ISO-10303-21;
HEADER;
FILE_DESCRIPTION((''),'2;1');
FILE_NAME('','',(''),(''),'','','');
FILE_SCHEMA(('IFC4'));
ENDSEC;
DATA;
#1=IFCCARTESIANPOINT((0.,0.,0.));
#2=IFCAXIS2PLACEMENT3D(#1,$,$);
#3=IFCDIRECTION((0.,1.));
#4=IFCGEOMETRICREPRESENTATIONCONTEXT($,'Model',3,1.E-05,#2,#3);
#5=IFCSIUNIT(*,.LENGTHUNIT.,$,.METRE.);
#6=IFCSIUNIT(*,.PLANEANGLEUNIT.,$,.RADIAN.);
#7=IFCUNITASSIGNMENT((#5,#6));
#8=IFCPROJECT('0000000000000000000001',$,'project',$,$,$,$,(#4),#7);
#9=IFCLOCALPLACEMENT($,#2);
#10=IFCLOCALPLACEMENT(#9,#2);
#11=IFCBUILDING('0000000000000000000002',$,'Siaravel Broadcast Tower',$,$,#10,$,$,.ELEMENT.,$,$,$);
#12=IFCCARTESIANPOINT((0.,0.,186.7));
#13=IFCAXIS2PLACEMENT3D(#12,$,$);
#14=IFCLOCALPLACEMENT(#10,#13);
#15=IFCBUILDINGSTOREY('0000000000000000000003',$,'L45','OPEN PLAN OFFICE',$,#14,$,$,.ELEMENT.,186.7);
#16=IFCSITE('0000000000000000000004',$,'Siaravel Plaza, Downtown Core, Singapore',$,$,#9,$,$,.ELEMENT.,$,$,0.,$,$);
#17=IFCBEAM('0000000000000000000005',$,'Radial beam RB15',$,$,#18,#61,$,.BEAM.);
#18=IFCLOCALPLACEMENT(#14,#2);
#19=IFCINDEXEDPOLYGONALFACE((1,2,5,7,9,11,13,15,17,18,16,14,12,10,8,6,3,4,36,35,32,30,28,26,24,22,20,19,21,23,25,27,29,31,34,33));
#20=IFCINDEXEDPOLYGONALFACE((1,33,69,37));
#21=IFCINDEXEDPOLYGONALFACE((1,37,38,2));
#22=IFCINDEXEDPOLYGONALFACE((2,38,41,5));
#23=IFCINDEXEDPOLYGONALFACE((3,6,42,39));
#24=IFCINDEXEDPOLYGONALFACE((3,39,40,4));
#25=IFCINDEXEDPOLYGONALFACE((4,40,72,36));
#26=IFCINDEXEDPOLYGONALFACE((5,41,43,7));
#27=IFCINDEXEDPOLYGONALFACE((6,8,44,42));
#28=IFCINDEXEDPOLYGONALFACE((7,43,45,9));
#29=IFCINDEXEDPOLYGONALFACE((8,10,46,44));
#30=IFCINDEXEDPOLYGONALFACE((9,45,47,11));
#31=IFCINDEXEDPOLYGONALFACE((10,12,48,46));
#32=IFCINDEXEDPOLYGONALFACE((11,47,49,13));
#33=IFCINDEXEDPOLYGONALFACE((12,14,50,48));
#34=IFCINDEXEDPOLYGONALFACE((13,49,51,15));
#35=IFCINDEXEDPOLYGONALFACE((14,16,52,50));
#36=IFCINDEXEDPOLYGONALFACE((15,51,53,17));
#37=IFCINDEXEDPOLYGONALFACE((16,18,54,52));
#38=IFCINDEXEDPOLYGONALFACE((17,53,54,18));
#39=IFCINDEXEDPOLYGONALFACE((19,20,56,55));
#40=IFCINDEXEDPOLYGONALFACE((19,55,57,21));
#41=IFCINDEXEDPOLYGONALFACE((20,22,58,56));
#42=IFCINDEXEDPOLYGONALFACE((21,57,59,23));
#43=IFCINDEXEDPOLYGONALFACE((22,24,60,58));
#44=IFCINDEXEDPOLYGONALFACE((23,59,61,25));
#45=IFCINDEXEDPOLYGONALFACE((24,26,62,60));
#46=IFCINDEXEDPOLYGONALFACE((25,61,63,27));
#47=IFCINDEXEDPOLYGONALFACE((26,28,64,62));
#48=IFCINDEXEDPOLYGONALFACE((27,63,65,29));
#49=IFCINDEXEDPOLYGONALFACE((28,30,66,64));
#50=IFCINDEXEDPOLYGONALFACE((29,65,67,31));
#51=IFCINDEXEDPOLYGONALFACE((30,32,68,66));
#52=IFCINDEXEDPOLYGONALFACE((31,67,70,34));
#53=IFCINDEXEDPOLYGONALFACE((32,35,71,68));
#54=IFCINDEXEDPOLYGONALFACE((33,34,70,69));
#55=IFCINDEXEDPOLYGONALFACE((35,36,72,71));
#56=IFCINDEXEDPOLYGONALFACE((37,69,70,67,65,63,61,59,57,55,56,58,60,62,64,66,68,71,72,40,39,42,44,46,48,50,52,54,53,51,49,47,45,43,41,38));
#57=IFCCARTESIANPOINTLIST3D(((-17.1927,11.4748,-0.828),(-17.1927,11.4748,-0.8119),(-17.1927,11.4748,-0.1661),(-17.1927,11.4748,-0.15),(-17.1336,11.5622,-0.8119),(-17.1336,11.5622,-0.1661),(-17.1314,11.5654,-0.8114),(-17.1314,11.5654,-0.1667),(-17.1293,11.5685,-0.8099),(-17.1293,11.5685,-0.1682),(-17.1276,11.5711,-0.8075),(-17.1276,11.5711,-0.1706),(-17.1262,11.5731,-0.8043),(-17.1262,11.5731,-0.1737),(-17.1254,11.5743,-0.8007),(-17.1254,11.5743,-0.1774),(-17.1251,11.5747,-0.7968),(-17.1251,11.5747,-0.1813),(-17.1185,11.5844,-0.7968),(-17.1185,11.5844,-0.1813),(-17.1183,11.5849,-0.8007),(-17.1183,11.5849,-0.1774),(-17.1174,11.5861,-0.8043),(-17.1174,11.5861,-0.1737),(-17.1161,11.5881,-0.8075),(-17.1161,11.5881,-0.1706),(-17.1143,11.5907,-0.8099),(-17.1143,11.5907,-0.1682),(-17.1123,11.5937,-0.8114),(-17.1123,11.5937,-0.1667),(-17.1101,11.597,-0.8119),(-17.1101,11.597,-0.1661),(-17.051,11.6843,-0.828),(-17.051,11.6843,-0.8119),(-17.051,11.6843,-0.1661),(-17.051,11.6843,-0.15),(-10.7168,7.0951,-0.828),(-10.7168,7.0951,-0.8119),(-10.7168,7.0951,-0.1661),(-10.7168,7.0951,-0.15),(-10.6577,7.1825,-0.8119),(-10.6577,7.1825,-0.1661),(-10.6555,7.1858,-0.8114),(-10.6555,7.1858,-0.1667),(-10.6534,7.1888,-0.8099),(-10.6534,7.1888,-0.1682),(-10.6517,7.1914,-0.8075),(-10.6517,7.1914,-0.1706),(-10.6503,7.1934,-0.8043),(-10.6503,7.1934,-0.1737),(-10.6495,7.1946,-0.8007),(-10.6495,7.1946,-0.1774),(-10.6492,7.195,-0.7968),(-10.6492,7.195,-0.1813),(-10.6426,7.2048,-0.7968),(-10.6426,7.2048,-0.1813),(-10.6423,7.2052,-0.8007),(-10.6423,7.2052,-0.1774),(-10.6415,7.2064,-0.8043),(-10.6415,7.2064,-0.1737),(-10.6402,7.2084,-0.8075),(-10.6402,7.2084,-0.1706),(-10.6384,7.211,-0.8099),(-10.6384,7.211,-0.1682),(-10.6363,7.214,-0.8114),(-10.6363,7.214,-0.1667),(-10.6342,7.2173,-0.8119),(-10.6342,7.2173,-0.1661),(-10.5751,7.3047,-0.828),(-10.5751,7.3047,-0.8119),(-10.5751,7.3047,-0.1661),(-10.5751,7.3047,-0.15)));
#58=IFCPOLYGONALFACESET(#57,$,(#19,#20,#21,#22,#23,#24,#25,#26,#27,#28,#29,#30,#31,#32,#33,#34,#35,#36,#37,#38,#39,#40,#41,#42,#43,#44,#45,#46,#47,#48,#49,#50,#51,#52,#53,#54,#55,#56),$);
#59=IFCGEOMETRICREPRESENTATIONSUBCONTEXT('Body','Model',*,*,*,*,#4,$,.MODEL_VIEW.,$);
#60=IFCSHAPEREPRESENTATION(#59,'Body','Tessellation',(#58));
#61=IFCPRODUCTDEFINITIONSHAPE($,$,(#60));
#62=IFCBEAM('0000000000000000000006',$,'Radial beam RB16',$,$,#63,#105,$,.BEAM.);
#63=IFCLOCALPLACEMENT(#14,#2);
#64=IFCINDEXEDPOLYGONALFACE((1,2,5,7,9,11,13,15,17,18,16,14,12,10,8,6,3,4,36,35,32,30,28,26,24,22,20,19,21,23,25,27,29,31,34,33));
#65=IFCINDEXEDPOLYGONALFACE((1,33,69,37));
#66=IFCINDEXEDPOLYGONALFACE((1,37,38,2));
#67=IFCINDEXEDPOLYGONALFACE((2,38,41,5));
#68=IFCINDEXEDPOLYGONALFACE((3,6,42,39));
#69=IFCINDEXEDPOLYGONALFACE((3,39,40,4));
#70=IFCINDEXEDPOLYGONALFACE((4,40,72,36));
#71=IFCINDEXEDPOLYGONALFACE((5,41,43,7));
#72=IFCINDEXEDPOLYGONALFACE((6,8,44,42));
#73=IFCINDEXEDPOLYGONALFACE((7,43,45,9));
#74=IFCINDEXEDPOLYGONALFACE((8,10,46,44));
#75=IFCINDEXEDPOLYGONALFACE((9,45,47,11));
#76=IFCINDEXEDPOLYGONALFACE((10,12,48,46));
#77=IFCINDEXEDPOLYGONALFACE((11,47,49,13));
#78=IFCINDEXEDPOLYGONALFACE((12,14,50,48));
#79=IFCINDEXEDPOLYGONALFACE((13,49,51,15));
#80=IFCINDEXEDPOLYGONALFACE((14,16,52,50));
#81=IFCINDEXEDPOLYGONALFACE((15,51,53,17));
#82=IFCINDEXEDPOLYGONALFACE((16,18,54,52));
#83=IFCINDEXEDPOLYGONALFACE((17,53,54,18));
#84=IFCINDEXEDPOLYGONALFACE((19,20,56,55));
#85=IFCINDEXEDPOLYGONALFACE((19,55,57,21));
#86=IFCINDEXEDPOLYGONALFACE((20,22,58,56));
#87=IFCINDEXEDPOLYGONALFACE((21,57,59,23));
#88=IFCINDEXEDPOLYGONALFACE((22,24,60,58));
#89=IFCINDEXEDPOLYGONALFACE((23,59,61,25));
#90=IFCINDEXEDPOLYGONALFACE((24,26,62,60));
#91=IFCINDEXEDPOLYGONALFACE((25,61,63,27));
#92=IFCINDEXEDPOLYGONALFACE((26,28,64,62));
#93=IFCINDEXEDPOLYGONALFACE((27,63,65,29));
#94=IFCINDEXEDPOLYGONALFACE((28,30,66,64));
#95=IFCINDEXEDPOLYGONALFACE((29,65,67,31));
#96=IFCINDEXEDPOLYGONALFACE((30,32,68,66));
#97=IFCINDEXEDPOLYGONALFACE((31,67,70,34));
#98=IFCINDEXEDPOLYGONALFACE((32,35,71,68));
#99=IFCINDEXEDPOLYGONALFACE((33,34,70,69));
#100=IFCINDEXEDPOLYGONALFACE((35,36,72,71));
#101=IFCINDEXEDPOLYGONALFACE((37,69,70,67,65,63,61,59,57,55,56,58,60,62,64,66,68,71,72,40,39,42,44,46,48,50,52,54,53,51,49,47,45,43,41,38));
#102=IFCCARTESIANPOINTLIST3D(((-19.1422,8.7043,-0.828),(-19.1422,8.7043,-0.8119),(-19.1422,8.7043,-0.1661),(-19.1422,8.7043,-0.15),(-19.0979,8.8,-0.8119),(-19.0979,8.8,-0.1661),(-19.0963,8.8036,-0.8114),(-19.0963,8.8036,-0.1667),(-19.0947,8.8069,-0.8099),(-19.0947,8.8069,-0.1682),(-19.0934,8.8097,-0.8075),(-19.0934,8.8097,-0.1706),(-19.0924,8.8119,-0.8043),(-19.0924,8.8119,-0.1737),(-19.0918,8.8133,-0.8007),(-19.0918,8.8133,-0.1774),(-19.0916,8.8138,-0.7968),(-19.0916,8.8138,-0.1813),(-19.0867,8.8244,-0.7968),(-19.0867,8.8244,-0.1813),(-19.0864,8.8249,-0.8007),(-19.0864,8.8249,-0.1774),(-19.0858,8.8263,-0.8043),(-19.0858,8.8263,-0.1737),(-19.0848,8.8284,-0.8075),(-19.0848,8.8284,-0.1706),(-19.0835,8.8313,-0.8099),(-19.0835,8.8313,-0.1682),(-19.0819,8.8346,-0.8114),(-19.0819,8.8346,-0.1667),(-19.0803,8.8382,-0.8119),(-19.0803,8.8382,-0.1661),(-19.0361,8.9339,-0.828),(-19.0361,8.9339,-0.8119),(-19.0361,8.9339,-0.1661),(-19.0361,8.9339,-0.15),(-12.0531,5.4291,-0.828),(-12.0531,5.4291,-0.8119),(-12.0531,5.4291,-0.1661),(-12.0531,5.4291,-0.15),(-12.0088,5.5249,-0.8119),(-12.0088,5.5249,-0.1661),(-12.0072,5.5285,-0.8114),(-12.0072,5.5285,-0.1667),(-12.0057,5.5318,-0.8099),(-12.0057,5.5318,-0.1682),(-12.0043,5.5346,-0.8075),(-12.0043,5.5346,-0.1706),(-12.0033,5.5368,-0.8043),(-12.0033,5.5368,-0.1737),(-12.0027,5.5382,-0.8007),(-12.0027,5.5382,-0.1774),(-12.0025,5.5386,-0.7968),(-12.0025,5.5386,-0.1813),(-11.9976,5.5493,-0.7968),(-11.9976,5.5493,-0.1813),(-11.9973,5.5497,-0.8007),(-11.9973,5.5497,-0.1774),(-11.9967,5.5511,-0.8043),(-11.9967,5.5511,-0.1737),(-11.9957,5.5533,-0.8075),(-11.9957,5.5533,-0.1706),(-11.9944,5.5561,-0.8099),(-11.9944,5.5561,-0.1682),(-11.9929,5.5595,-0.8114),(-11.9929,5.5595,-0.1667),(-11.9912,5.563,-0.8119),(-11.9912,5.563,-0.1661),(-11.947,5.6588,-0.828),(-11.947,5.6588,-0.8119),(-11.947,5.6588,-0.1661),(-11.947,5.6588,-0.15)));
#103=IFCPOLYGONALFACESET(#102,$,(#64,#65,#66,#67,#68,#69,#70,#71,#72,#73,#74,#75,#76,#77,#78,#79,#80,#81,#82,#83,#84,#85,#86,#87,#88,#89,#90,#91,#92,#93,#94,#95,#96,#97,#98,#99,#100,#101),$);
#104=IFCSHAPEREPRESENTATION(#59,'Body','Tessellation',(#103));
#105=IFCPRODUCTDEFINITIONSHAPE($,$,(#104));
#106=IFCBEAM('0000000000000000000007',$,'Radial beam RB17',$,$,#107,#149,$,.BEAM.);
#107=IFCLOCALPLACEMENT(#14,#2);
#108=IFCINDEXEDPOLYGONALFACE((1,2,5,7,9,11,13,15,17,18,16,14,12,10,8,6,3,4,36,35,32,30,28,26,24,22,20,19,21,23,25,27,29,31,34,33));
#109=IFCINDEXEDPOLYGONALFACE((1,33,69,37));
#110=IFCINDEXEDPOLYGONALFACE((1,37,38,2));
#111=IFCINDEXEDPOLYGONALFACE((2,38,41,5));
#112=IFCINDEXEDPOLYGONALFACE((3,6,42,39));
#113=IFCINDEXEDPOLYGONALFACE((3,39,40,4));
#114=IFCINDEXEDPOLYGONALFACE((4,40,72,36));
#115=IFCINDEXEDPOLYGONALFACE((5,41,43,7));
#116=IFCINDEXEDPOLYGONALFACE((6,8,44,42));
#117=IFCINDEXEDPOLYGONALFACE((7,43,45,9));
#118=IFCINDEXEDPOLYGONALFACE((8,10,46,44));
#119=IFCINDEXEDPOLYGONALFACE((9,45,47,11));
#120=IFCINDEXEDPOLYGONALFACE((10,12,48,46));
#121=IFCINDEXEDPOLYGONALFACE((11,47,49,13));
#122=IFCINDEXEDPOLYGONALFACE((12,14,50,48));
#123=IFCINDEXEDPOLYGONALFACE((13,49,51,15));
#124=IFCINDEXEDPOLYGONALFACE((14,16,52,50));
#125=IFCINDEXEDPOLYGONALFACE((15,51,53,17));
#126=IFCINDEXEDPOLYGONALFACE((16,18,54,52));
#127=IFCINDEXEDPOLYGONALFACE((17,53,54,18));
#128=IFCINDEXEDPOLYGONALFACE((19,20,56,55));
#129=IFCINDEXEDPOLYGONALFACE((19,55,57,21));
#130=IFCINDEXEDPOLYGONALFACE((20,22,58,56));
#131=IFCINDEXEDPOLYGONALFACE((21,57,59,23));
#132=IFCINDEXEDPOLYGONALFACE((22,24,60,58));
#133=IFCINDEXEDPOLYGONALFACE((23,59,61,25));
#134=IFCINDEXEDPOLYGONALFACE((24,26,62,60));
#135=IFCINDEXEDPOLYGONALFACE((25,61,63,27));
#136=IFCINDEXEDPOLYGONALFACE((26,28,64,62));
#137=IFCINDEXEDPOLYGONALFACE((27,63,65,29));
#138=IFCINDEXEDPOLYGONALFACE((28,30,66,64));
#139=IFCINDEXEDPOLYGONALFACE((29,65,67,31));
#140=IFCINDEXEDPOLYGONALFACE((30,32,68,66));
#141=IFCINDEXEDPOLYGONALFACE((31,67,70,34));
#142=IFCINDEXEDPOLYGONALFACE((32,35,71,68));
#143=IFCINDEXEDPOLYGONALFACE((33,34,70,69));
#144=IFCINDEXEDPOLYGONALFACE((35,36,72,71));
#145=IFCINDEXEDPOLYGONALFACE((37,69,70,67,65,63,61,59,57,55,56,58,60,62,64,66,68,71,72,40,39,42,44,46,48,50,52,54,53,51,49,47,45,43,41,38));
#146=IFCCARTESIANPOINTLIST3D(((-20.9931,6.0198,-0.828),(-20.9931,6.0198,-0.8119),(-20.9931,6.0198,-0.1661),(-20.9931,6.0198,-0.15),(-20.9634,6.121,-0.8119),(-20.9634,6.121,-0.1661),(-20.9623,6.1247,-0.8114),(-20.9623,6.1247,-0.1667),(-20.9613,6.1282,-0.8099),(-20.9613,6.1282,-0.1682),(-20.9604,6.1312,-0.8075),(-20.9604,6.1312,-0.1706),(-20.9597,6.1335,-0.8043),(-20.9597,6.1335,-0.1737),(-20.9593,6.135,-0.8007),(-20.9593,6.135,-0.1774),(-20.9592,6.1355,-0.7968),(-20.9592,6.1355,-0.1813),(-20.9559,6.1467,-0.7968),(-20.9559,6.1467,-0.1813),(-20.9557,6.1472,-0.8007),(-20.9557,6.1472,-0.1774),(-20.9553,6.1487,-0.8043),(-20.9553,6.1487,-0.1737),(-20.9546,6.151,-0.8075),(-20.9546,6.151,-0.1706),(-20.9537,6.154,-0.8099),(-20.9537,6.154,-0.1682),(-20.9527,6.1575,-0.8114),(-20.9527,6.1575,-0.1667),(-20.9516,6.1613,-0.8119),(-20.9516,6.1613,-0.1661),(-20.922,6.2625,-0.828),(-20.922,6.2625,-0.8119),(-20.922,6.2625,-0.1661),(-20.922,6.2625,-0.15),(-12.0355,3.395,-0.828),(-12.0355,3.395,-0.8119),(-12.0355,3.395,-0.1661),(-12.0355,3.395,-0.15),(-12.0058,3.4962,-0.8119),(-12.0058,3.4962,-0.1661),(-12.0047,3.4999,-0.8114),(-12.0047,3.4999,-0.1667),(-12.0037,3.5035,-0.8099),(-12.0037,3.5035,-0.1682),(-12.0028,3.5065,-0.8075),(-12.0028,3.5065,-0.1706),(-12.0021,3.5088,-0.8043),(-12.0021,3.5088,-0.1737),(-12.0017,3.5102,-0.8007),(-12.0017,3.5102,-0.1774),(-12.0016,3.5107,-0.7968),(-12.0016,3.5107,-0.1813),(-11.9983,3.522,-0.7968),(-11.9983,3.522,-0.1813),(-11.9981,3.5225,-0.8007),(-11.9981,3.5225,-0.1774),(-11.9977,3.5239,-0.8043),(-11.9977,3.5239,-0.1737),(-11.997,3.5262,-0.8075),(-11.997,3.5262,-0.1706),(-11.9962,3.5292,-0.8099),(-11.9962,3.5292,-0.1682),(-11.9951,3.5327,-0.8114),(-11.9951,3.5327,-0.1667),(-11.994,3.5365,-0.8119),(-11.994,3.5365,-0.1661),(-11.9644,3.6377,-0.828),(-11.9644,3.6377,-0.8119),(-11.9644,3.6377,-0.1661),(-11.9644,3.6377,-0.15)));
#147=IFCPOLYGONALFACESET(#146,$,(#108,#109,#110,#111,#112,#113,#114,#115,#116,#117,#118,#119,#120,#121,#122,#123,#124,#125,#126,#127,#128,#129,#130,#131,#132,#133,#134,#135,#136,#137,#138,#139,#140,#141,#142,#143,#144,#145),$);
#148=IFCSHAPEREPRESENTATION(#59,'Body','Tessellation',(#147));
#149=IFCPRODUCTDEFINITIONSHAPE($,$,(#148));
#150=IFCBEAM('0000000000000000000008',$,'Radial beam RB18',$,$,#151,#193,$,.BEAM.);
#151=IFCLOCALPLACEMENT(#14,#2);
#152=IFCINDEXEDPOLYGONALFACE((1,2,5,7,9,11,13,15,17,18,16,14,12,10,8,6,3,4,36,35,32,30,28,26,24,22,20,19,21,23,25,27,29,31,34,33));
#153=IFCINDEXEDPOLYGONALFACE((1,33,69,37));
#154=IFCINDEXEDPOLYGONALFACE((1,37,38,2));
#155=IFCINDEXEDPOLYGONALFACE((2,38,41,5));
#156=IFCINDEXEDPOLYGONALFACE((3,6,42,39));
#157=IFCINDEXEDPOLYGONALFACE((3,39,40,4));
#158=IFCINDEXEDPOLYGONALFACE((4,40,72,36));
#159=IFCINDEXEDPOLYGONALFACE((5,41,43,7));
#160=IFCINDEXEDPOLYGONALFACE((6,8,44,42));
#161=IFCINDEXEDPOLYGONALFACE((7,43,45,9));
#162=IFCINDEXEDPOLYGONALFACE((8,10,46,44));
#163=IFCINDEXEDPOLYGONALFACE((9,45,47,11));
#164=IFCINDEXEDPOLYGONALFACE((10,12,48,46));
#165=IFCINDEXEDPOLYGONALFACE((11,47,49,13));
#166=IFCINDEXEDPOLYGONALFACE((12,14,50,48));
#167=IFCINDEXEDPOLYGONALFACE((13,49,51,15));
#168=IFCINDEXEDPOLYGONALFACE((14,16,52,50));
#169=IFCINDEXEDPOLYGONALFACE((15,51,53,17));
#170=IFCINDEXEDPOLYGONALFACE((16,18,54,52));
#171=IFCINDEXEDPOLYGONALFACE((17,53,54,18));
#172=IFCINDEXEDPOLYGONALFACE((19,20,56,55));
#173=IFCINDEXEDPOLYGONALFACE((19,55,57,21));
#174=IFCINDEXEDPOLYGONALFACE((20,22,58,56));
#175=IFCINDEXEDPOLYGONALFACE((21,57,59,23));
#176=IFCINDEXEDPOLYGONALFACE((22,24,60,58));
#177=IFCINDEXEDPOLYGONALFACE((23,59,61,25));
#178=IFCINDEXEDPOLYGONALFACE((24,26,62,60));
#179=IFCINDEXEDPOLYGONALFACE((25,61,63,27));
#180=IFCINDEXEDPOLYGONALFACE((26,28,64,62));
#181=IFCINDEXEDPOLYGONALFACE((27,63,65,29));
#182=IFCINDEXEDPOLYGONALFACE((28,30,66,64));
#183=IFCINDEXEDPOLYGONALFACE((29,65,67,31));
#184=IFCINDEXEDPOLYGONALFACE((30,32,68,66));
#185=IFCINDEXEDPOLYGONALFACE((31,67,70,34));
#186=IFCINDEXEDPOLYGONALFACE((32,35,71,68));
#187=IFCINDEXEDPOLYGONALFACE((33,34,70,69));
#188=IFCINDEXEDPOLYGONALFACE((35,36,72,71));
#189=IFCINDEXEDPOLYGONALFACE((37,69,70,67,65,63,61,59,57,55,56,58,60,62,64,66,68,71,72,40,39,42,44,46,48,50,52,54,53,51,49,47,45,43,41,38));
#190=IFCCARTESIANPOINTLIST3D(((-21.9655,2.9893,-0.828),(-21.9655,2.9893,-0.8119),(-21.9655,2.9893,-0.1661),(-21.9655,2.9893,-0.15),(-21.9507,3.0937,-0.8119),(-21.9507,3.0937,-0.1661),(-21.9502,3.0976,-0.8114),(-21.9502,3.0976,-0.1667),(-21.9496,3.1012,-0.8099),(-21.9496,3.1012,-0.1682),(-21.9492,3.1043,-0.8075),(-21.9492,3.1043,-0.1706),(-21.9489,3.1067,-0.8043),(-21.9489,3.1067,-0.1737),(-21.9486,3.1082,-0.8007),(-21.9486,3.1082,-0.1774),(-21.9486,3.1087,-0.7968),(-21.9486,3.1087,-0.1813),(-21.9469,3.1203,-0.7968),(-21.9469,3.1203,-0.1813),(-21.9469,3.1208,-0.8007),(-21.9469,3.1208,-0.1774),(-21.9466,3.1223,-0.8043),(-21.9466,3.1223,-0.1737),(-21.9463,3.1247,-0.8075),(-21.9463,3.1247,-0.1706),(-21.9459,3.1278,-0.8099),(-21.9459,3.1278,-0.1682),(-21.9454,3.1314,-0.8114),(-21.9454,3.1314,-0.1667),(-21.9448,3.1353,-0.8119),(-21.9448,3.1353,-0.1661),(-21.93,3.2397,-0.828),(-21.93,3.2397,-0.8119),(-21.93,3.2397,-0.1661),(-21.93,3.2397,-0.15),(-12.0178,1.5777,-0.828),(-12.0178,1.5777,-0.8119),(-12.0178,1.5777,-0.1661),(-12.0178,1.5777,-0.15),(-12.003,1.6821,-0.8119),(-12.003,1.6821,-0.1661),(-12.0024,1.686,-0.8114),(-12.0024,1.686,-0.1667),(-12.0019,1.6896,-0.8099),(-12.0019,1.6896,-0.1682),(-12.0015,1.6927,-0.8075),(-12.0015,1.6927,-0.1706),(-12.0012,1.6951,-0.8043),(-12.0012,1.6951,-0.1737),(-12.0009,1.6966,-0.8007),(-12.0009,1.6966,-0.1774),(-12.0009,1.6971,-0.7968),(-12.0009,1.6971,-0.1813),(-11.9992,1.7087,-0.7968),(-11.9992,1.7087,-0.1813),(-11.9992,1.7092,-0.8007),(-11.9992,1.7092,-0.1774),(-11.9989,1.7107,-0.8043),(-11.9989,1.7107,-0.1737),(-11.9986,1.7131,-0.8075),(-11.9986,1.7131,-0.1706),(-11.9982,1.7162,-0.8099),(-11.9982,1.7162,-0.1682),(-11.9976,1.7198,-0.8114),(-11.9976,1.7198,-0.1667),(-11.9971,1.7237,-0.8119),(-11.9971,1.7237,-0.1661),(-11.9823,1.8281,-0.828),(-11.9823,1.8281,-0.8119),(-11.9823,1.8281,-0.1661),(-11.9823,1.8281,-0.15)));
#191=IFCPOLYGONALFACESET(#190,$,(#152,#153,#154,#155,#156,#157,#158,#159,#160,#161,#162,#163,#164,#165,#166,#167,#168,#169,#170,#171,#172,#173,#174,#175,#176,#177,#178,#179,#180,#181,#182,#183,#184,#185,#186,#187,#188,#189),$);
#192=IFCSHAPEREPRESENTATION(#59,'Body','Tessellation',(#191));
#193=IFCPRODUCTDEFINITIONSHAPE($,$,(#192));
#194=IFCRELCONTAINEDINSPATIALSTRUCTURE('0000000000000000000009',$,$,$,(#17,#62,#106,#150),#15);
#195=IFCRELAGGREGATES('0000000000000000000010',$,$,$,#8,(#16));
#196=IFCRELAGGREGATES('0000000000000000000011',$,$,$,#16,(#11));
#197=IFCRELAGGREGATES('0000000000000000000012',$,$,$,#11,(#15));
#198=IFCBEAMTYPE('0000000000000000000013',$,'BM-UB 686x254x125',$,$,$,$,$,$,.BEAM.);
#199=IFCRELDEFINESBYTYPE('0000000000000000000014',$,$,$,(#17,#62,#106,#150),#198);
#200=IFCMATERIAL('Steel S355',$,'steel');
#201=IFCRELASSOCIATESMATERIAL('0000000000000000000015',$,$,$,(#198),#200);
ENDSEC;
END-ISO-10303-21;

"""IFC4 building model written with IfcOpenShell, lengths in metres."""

from ifc_helpers import new_model, si_unit, direction, frame, origin, origin_2d, place, context, subcontext, project, spatial, i_section, extrude, material, material_profile, profile_set, type_object, element, save


model = new_model("IFC4")

# Units and contexts
model_context = context("Model", 3, precision=1e-05, world=origin(), true_north=direction((0.0, 1.0)))
body_context = subcontext(model_context, "Body", "Model", "MODEL_VIEW")
ifc_project = project(units=[si_unit("LENGTHUNIT", "METRE"), si_unit("PLANEANGLEUNIT", "RADIAN")], contexts=[model_context])

# Site, building, storey
site_placement = place(None, origin())
site = spatial("IfcSite", under=ifc_project, at=site_placement, Name="Siaravel Plaza, Downtown Core, Singapore", CompositionType="ELEMENT", RefElevation=0.0)
building_placement = place(site_placement, origin())
building = spatial("IfcBuilding", under=site, at=building_placement, Name="Siaravel Broadcast Tower", CompositionType="ELEMENT")
storey_placement = place(building_placement, frame((0.0, 0.0, 186.7)))
storey = spatial("IfcBuildingStorey", under=building, at=storey_placement, Name="L45", Description="OPEN PLAN OFFICE", CompositionType="ELEMENT", Elevation=186.7)

# Beams
ifc_material_1 = material(Name="Steel S355", Category="steel")
ifc_material_profile_1 = material_profile(ifc_material_1, i_section(OverallWidth=0.2529, OverallDepth=0.678, WebThickness=0.0117, FlangeThickness=0.0161, FilletRadius=0.0151, at=origin_2d()))
ifc_profile_set_1 = profile_set([ifc_material_profile_1], Name="Steel S355")
beam_type = type_object("IfcBeamType", Name="BM-UB 686x254x125", PredefinedType="BEAM", material=ifc_profile_set_1)
beam_1_placement = place(storey_placement, frame((-17.1218, 11.5796, -0.489), z_axis=(0.828347, -0.560215, 0.0), x_axis=(0.560215, 0.828347, 0.0)))
element("IfcBeam", 1, at=beam_1_placement, inside=storey, type_object=beam_type, Name="Radial beam RB15", PredefinedType="BEAM", context=body_context, shape_type="SweptSolid", body=[
    extrude(i_section(OverallWidth=0.2529, OverallDepth=0.678, WebThickness=0.0117, FlangeThickness=0.0161, FilletRadius=0.0151, at=origin_2d()), origin(), (0.0, 0.0, 1.0), 7.8179),
])
beam_2_placement = place(storey_placement, frame((-19.0891, 8.8191, -0.489), z_axis=(0.907801, -0.419401, 0.0), x_axis=(0.419401, 0.907801, 0.0)))
element("IfcBeam", 2, at=beam_2_placement, inside=storey, type_object=beam_type, Name="Radial beam RB16", PredefinedType="BEAM", context=body_context, shape_type="SweptSolid", body=[
    extrude(i_section(OverallWidth=0.2529, OverallDepth=0.678, WebThickness=0.0117, FlangeThickness=0.0161, FilletRadius=0.0151, at=origin_2d()), origin(), (0.0, 0.0, 1.0), 7.8091),
])
beam_3_placement = place(storey_placement, frame((-20.9575, 6.1411, -0.489), z_axis=(0.959649, -0.281199, 0.0), x_axis=(0.281199, 0.959649, 0.0)))
element("IfcBeam", 3, at=beam_3_placement, inside=storey, type_object=beam_type, Name="Radial beam RB17", PredefinedType="BEAM", context=body_context, shape_type="SweptSolid", body=[
    extrude(i_section(OverallWidth=0.2529, OverallDepth=0.678, WebThickness=0.0117, FlangeThickness=0.0161, FilletRadius=0.0151, at=origin_2d()), origin(), (0.0, 0.0, 1.0), 9.3342),
])
beam_4_placement = place(storey_placement, frame((-21.9478, 3.1145, -0.489), z_axis=(0.990081, -0.140496, 0.0), x_axis=(0.140496, 0.990081, 0.0)))
element("IfcBeam", 4, at=beam_4_placement, inside=storey, type_object=beam_type, Name="Radial beam RB18", PredefinedType="BEAM", context=body_context, shape_type="SweptSolid", body=[
    extrude(i_section(OverallWidth=0.2529, OverallDepth=0.678, WebThickness=0.0117, FlangeThickness=0.0161, FilletRadius=0.0151, at=origin_2d()), origin(), (0.0, 0.0, 1.0), 10.0474),
])

save(model, "model.ifc")
